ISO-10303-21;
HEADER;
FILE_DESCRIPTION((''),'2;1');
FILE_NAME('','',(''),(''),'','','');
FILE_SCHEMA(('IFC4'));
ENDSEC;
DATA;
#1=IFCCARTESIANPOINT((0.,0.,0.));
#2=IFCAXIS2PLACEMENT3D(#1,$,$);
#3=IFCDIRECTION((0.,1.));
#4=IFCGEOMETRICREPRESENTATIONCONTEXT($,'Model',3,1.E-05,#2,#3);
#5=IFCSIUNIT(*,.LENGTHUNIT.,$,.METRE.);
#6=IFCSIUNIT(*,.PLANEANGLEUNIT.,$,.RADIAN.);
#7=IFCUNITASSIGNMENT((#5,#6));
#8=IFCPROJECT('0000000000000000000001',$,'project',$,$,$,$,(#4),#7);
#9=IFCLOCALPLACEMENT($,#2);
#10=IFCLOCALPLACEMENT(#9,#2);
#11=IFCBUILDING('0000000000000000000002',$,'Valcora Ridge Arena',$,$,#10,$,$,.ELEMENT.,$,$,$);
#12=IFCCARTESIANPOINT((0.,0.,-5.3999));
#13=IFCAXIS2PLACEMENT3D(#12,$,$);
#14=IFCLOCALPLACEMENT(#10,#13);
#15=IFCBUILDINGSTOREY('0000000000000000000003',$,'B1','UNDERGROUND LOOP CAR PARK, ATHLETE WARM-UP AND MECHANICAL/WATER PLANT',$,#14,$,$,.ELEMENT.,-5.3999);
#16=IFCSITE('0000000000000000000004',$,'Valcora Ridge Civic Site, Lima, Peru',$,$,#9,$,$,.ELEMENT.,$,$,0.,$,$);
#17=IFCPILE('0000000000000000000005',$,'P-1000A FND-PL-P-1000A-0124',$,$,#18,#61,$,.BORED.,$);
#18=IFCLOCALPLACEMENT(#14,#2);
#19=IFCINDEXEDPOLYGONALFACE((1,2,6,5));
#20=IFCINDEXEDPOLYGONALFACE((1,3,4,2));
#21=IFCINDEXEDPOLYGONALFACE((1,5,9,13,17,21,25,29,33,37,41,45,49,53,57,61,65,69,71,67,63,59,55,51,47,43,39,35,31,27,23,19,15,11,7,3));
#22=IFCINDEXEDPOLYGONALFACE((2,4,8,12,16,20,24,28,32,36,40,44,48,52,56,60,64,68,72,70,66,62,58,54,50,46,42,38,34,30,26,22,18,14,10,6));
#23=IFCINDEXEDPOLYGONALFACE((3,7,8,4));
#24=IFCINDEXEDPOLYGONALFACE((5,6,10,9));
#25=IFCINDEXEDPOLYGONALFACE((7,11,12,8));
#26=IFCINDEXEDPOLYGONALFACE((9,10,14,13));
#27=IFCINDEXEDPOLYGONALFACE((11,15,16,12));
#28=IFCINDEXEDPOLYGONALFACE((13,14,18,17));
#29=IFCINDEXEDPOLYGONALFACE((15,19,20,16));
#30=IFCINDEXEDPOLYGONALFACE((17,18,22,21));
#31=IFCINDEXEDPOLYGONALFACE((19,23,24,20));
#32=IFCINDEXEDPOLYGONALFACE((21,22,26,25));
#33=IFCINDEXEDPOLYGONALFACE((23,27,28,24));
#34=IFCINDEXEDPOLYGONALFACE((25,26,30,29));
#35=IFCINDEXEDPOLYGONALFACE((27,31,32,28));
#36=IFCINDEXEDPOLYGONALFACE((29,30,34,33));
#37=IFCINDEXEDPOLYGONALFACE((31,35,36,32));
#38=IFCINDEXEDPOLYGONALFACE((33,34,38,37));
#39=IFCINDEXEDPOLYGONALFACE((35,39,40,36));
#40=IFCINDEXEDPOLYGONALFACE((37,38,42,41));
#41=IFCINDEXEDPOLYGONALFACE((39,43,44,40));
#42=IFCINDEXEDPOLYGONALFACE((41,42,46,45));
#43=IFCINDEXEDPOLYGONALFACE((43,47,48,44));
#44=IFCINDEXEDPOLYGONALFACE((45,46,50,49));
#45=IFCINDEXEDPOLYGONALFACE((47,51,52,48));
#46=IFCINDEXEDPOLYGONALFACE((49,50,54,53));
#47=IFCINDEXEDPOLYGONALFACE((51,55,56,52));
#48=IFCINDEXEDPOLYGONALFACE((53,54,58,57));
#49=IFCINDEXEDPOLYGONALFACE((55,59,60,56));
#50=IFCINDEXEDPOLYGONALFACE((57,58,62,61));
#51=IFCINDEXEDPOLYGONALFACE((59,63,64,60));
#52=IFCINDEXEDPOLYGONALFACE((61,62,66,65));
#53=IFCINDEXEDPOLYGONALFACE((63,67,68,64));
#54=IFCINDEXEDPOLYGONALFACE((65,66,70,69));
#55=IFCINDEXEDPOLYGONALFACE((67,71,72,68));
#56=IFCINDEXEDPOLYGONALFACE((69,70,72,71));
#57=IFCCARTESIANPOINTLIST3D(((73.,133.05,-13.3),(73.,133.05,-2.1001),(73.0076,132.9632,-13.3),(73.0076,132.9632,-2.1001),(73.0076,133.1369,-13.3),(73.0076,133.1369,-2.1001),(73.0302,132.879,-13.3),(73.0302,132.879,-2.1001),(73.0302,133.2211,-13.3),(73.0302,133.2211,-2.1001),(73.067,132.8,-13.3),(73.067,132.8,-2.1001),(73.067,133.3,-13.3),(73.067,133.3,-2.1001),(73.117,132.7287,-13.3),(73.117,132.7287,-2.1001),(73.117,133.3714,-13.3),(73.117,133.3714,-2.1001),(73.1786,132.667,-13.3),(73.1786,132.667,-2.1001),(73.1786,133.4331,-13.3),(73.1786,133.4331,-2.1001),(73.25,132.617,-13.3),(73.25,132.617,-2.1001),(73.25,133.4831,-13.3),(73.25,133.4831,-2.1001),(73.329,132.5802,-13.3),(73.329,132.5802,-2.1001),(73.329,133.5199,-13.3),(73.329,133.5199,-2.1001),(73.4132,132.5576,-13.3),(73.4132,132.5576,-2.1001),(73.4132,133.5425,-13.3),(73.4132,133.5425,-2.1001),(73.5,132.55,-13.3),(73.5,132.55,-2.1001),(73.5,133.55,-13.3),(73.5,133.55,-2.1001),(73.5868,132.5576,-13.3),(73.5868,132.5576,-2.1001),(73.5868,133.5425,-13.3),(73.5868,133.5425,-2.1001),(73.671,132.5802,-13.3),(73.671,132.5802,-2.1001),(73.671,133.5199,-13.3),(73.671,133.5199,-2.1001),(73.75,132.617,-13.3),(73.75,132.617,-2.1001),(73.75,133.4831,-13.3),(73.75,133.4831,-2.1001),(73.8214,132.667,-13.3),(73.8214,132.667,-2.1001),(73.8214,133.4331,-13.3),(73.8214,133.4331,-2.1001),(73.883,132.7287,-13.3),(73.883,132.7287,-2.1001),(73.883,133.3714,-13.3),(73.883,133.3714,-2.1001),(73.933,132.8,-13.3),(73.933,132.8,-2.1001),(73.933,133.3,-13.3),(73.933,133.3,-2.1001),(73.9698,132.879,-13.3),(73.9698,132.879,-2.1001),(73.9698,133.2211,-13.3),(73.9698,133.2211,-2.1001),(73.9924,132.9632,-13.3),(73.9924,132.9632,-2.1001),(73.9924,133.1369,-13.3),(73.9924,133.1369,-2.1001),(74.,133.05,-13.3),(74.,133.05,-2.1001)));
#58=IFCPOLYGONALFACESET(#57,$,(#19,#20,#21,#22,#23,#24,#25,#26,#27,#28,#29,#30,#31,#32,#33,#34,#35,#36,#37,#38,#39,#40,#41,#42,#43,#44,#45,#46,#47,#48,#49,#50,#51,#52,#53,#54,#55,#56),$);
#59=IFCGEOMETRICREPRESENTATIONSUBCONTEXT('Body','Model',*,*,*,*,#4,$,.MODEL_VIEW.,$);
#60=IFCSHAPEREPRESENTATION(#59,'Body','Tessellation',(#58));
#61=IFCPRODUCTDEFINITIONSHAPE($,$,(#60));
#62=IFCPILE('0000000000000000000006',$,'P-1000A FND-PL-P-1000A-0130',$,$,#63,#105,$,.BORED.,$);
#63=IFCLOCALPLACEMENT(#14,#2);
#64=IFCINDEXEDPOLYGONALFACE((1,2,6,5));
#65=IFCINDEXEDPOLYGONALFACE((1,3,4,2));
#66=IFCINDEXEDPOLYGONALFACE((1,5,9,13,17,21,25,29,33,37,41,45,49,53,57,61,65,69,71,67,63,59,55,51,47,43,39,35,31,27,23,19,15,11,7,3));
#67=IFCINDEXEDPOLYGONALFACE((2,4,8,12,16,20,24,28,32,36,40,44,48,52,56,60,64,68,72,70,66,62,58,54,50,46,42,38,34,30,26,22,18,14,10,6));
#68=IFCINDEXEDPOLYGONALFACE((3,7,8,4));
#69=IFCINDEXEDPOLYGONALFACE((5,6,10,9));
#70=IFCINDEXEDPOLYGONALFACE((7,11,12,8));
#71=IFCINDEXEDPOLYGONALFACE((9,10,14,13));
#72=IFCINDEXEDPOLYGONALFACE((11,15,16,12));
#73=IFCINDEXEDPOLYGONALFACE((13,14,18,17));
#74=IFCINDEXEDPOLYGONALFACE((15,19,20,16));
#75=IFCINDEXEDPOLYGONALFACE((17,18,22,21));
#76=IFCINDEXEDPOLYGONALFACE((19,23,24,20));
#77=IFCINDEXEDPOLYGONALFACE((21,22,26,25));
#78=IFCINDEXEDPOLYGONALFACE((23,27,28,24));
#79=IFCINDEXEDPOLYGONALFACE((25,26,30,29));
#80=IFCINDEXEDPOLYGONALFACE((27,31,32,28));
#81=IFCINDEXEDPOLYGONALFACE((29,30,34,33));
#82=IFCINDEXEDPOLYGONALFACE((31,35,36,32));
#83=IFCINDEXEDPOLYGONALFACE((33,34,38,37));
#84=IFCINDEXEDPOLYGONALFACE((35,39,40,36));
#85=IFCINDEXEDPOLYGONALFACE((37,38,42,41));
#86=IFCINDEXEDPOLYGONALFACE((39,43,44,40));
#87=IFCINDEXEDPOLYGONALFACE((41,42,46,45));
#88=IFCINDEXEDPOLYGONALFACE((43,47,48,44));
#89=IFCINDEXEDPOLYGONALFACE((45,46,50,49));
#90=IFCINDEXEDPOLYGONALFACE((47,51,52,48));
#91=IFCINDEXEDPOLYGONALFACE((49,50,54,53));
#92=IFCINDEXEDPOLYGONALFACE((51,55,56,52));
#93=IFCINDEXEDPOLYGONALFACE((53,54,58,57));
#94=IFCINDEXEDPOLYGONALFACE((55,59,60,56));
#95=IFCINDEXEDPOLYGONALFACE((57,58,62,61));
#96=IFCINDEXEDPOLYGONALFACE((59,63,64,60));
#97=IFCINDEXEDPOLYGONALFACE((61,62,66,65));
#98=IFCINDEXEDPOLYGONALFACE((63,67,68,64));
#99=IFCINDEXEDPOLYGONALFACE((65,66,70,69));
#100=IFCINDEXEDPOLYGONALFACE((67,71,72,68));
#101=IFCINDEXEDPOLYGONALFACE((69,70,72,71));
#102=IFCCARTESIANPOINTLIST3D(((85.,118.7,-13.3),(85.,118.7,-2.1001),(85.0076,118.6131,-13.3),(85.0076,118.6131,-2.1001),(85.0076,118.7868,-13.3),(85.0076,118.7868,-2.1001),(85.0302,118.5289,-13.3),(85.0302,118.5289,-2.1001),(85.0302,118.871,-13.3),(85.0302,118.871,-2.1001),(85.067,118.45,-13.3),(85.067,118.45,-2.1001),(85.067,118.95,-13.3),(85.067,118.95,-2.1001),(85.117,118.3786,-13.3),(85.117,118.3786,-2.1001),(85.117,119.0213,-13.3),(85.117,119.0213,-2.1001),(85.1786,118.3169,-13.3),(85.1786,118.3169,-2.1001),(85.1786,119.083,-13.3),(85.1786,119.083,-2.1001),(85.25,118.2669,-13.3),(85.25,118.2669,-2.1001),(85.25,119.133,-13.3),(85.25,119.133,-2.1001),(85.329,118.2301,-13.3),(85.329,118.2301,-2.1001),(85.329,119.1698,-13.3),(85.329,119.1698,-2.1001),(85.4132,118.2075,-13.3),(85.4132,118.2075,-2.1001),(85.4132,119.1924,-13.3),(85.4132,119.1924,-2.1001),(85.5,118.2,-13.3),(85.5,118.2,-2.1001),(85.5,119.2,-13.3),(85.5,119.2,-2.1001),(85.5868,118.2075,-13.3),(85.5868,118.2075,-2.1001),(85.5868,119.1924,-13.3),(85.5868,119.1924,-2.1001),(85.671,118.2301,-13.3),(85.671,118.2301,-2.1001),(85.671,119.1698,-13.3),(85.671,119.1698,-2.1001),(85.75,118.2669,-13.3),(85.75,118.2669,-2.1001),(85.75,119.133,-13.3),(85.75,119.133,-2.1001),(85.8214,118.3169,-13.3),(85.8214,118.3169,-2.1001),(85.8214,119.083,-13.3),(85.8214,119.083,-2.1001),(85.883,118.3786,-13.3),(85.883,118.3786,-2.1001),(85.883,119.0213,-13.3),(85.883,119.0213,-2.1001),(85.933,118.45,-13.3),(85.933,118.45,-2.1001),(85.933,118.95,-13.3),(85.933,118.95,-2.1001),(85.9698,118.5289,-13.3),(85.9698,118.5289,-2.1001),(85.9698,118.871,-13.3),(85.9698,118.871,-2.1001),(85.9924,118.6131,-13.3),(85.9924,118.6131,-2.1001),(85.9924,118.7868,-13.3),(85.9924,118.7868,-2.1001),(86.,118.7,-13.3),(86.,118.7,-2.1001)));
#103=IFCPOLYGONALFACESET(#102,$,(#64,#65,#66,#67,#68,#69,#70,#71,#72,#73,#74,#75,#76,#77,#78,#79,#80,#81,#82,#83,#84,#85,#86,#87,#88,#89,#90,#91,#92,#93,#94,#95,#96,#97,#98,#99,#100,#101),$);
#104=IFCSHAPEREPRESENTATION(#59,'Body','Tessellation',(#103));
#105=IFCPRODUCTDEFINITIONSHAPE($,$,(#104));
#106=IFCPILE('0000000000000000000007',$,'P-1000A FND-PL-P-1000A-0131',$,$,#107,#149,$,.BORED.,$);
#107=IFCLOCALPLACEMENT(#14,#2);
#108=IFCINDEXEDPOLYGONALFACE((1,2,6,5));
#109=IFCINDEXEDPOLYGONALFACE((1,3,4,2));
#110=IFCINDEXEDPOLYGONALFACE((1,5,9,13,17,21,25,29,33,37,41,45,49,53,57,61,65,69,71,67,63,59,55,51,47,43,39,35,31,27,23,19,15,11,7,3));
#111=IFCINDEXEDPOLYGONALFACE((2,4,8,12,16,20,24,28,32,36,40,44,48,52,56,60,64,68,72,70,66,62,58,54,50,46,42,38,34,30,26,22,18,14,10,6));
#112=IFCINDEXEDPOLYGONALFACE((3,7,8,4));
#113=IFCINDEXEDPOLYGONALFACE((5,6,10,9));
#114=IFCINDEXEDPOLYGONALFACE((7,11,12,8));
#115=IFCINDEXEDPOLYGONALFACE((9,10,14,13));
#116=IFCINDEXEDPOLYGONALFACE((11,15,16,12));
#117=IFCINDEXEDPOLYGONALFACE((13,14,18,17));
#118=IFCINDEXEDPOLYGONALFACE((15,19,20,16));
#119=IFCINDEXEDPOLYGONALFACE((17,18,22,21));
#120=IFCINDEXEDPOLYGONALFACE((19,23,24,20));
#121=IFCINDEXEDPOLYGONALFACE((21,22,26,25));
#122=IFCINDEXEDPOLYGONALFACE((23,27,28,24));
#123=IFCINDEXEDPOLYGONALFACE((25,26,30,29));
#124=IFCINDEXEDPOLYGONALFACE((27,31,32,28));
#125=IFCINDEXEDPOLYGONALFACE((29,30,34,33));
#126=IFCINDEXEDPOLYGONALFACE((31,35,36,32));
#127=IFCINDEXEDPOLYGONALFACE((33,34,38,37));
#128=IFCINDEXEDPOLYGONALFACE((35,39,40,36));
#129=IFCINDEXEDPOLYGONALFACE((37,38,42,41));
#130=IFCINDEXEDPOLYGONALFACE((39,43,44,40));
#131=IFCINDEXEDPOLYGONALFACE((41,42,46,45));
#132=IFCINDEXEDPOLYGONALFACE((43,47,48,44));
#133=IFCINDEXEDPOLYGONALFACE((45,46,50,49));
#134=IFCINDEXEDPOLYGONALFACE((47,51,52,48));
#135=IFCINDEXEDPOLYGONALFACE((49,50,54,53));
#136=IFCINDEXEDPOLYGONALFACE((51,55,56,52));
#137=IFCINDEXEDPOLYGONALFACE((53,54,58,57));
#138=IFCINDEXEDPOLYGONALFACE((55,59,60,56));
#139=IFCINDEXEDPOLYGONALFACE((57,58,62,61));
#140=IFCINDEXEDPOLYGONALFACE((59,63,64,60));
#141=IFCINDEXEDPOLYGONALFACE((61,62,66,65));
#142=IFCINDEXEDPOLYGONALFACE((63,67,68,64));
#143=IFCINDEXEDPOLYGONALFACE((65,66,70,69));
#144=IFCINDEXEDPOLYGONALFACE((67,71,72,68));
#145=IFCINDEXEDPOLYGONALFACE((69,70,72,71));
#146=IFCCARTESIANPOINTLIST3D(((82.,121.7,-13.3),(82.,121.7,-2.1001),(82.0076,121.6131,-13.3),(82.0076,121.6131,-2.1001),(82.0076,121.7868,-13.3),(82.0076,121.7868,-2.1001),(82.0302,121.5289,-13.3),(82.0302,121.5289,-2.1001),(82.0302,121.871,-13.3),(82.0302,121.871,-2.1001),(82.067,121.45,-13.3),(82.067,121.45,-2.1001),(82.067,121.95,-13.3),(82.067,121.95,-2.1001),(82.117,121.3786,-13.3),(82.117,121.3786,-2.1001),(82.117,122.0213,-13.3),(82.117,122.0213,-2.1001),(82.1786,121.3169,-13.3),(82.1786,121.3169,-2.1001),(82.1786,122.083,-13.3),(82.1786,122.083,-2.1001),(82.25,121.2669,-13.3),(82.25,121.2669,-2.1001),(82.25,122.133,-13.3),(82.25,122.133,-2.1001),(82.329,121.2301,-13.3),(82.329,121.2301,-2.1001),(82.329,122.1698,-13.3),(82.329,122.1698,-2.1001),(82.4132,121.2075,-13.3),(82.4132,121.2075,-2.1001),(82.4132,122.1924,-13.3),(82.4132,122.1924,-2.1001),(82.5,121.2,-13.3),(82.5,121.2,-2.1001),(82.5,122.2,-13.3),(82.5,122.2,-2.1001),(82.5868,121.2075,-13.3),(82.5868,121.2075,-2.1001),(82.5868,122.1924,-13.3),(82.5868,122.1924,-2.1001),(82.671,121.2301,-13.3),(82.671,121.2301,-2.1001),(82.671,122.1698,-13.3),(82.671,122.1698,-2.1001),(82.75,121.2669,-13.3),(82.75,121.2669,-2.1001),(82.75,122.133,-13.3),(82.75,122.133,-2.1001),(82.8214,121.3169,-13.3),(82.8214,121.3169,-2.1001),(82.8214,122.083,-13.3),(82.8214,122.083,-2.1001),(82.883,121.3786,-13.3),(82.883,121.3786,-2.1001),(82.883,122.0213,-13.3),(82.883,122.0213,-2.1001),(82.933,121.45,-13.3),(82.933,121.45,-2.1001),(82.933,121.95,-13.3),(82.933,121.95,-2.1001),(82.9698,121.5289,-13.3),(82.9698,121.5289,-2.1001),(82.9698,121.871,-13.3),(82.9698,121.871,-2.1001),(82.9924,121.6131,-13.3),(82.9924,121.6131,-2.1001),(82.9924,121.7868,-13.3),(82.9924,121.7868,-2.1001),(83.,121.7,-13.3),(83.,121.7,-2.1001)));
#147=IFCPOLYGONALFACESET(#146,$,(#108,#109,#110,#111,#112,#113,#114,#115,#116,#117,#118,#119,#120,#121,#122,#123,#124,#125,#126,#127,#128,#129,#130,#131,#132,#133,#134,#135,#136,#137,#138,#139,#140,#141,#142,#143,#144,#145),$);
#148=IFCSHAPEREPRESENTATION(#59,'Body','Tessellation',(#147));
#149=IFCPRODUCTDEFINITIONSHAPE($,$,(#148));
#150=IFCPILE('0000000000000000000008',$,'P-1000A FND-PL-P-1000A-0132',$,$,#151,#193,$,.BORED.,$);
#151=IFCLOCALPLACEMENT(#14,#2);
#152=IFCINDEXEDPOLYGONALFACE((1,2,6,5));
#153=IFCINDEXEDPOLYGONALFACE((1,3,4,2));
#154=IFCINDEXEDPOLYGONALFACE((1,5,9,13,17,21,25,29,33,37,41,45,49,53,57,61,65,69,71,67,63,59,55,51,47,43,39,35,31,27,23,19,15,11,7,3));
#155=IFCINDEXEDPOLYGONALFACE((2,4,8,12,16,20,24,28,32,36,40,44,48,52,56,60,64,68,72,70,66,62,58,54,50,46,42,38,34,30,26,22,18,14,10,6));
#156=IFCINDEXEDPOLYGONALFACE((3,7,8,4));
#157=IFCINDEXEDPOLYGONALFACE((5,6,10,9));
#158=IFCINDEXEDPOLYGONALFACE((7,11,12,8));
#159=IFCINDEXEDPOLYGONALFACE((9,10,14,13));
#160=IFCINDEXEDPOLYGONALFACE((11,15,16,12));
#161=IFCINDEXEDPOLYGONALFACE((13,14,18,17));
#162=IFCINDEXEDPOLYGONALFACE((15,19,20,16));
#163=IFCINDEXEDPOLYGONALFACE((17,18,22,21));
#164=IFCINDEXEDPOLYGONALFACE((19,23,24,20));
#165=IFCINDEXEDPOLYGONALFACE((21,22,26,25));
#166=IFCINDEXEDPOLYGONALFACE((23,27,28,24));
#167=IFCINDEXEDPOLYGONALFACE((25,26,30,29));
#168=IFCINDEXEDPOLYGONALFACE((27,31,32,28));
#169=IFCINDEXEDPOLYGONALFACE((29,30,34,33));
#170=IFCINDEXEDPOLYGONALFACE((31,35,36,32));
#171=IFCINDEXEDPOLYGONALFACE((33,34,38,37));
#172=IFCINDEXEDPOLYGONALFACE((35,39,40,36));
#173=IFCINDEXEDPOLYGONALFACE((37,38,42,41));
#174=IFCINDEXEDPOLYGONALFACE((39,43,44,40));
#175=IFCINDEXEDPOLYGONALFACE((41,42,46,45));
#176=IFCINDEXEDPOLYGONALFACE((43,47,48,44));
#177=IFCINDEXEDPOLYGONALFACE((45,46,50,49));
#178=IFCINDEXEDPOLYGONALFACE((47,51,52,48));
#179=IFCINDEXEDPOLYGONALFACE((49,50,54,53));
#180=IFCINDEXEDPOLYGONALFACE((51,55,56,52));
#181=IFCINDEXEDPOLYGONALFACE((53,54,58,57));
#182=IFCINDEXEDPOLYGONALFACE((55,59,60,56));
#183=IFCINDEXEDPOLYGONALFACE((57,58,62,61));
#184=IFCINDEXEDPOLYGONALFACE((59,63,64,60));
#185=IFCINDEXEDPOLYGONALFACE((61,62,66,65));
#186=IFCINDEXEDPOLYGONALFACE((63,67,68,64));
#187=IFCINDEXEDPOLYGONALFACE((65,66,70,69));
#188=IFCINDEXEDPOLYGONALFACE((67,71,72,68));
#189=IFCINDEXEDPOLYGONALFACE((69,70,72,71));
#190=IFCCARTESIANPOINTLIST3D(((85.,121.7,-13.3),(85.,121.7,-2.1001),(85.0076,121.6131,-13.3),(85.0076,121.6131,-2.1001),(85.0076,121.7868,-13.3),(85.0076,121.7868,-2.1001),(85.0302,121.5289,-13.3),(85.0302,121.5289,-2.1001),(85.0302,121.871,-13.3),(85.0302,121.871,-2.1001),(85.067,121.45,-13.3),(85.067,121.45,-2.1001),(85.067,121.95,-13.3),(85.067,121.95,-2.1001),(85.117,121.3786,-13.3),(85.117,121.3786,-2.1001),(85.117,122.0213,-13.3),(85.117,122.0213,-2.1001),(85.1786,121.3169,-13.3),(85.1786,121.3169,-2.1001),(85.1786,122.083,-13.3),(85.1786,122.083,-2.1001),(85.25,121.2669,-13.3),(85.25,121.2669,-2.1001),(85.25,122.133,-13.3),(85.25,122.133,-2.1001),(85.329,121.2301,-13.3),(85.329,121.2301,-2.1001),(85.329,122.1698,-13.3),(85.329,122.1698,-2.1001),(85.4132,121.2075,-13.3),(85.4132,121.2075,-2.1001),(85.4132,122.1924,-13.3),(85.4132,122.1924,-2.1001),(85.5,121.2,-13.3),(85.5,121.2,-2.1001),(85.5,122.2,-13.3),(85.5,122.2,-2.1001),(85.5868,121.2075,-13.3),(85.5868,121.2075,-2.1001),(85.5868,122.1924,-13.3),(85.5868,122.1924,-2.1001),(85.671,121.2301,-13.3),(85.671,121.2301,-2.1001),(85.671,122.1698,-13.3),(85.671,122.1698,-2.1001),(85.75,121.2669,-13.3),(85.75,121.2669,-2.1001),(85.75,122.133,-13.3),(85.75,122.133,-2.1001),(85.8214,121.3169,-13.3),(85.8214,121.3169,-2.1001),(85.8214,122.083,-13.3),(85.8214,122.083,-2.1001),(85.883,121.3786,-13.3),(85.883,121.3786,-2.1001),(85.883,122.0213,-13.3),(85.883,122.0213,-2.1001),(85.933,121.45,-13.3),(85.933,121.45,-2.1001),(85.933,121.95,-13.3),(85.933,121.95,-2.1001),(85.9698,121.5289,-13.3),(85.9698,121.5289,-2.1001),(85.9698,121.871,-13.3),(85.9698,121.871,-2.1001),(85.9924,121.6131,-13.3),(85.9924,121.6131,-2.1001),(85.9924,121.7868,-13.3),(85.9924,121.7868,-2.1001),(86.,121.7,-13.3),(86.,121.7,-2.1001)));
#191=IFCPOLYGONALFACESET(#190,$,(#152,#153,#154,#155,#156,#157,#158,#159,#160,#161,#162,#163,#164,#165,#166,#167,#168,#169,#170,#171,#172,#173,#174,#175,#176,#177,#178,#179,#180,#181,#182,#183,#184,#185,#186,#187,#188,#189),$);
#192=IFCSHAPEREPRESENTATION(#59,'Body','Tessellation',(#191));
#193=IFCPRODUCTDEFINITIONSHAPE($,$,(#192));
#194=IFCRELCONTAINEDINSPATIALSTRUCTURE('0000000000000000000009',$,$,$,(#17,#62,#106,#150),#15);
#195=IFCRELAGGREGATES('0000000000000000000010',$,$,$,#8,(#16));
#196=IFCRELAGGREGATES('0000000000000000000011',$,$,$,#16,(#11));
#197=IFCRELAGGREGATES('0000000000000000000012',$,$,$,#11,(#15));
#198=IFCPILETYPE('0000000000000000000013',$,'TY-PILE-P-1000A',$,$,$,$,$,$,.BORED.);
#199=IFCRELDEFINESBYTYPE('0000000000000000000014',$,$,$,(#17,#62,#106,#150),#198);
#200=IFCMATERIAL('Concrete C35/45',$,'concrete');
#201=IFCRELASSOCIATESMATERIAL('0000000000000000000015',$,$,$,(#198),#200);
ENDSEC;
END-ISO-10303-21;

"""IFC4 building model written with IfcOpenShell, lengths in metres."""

from ifc_helpers import new_model, si_unit, direction, frame, origin, origin_2d, place, context, subcontext, project, spatial, circle, extrude, material, material_profile, profile_set, type_object, element, save


model = new_model("IFC4")

# Units and contexts
model_context = context("Model", 3, precision=1e-05, world=origin(), true_north=direction((0.0, 1.0)))
body_context = subcontext(model_context, "Body", "Model", "MODEL_VIEW")
ifc_project = project(units=[si_unit("LENGTHUNIT", "METRE"), si_unit("PLANEANGLEUNIT", "RADIAN")], contexts=[model_context])

# Site, building, storey
site_placement = place(None, origin())
site = spatial("IfcSite", under=ifc_project, at=site_placement, Name="Valcora Ridge Civic Site, Lima, Peru", CompositionType="ELEMENT", RefElevation=0.0)
building_placement = place(site_placement, origin())
building = spatial("IfcBuilding", under=site, at=building_placement, Name="Valcora Ridge Arena", CompositionType="ELEMENT")
storey_placement = place(building_placement, frame((0.0, 0.0, -5.3999)))
storey = spatial("IfcBuildingStorey", under=building, at=storey_placement, Name="B1", Description="UNDERGROUND LOOP CAR PARK, ATHLETE WARM-UP AND MECHANICAL/WATER PLANT", CompositionType="ELEMENT", Elevation=-5.3999)

# Piles
ifc_material_1 = material(Name="Concrete C35/45", Category="concrete")
ifc_material_profile_1 = material_profile(ifc_material_1, circle(Radius=0.5, at=origin_2d()), Name="BORED PILE D1000")
ifc_profile_set_1 = profile_set([ifc_material_profile_1], Name="Concrete C35/45")
pile_type_1 = type_object("IfcPileType", Name="TY-PILE-P-1000A", PredefinedType="BORED", material=ifc_profile_set_1)
for number, where, z_axis, x_axis, name in (
    (1, (73.5, 133.05, -2.1001), (0.0, 0.0, -1.0), (1.0, 0.0, 0.0), "P-1000A FND-PL-P-1000A-0124"),
    (2, (85.5, 118.7, -2.1001), (0.0, 0.0, -1.0), (1.0, 0.0, 0.0), "P-1000A FND-PL-P-1000A-0130"),
    (3, (82.5, 121.7, -2.1001), (0.0, 0.0, -1.0), (1.0, 0.0, 0.0), "P-1000A FND-PL-P-1000A-0131"),
    (4, (85.5, 121.7, -2.1001), (0.0, 0.0, -1.0), (1.0, 0.0, 0.0), "P-1000A FND-PL-P-1000A-0132"),
):
    element("IfcPile", number, at=place(storey_placement, frame(where, z_axis=z_axis, x_axis=x_axis)), inside=storey, type_object=pile_type_1, Name=name, PredefinedType="BORED", context=body_context, shape_type="SweptSolid", body=[
        extrude(circle(Radius=0.5, at=origin_2d()), origin(), (0.0, 0.0, 1.0), 11.2),
    ])

save(model, "model.ifc")
